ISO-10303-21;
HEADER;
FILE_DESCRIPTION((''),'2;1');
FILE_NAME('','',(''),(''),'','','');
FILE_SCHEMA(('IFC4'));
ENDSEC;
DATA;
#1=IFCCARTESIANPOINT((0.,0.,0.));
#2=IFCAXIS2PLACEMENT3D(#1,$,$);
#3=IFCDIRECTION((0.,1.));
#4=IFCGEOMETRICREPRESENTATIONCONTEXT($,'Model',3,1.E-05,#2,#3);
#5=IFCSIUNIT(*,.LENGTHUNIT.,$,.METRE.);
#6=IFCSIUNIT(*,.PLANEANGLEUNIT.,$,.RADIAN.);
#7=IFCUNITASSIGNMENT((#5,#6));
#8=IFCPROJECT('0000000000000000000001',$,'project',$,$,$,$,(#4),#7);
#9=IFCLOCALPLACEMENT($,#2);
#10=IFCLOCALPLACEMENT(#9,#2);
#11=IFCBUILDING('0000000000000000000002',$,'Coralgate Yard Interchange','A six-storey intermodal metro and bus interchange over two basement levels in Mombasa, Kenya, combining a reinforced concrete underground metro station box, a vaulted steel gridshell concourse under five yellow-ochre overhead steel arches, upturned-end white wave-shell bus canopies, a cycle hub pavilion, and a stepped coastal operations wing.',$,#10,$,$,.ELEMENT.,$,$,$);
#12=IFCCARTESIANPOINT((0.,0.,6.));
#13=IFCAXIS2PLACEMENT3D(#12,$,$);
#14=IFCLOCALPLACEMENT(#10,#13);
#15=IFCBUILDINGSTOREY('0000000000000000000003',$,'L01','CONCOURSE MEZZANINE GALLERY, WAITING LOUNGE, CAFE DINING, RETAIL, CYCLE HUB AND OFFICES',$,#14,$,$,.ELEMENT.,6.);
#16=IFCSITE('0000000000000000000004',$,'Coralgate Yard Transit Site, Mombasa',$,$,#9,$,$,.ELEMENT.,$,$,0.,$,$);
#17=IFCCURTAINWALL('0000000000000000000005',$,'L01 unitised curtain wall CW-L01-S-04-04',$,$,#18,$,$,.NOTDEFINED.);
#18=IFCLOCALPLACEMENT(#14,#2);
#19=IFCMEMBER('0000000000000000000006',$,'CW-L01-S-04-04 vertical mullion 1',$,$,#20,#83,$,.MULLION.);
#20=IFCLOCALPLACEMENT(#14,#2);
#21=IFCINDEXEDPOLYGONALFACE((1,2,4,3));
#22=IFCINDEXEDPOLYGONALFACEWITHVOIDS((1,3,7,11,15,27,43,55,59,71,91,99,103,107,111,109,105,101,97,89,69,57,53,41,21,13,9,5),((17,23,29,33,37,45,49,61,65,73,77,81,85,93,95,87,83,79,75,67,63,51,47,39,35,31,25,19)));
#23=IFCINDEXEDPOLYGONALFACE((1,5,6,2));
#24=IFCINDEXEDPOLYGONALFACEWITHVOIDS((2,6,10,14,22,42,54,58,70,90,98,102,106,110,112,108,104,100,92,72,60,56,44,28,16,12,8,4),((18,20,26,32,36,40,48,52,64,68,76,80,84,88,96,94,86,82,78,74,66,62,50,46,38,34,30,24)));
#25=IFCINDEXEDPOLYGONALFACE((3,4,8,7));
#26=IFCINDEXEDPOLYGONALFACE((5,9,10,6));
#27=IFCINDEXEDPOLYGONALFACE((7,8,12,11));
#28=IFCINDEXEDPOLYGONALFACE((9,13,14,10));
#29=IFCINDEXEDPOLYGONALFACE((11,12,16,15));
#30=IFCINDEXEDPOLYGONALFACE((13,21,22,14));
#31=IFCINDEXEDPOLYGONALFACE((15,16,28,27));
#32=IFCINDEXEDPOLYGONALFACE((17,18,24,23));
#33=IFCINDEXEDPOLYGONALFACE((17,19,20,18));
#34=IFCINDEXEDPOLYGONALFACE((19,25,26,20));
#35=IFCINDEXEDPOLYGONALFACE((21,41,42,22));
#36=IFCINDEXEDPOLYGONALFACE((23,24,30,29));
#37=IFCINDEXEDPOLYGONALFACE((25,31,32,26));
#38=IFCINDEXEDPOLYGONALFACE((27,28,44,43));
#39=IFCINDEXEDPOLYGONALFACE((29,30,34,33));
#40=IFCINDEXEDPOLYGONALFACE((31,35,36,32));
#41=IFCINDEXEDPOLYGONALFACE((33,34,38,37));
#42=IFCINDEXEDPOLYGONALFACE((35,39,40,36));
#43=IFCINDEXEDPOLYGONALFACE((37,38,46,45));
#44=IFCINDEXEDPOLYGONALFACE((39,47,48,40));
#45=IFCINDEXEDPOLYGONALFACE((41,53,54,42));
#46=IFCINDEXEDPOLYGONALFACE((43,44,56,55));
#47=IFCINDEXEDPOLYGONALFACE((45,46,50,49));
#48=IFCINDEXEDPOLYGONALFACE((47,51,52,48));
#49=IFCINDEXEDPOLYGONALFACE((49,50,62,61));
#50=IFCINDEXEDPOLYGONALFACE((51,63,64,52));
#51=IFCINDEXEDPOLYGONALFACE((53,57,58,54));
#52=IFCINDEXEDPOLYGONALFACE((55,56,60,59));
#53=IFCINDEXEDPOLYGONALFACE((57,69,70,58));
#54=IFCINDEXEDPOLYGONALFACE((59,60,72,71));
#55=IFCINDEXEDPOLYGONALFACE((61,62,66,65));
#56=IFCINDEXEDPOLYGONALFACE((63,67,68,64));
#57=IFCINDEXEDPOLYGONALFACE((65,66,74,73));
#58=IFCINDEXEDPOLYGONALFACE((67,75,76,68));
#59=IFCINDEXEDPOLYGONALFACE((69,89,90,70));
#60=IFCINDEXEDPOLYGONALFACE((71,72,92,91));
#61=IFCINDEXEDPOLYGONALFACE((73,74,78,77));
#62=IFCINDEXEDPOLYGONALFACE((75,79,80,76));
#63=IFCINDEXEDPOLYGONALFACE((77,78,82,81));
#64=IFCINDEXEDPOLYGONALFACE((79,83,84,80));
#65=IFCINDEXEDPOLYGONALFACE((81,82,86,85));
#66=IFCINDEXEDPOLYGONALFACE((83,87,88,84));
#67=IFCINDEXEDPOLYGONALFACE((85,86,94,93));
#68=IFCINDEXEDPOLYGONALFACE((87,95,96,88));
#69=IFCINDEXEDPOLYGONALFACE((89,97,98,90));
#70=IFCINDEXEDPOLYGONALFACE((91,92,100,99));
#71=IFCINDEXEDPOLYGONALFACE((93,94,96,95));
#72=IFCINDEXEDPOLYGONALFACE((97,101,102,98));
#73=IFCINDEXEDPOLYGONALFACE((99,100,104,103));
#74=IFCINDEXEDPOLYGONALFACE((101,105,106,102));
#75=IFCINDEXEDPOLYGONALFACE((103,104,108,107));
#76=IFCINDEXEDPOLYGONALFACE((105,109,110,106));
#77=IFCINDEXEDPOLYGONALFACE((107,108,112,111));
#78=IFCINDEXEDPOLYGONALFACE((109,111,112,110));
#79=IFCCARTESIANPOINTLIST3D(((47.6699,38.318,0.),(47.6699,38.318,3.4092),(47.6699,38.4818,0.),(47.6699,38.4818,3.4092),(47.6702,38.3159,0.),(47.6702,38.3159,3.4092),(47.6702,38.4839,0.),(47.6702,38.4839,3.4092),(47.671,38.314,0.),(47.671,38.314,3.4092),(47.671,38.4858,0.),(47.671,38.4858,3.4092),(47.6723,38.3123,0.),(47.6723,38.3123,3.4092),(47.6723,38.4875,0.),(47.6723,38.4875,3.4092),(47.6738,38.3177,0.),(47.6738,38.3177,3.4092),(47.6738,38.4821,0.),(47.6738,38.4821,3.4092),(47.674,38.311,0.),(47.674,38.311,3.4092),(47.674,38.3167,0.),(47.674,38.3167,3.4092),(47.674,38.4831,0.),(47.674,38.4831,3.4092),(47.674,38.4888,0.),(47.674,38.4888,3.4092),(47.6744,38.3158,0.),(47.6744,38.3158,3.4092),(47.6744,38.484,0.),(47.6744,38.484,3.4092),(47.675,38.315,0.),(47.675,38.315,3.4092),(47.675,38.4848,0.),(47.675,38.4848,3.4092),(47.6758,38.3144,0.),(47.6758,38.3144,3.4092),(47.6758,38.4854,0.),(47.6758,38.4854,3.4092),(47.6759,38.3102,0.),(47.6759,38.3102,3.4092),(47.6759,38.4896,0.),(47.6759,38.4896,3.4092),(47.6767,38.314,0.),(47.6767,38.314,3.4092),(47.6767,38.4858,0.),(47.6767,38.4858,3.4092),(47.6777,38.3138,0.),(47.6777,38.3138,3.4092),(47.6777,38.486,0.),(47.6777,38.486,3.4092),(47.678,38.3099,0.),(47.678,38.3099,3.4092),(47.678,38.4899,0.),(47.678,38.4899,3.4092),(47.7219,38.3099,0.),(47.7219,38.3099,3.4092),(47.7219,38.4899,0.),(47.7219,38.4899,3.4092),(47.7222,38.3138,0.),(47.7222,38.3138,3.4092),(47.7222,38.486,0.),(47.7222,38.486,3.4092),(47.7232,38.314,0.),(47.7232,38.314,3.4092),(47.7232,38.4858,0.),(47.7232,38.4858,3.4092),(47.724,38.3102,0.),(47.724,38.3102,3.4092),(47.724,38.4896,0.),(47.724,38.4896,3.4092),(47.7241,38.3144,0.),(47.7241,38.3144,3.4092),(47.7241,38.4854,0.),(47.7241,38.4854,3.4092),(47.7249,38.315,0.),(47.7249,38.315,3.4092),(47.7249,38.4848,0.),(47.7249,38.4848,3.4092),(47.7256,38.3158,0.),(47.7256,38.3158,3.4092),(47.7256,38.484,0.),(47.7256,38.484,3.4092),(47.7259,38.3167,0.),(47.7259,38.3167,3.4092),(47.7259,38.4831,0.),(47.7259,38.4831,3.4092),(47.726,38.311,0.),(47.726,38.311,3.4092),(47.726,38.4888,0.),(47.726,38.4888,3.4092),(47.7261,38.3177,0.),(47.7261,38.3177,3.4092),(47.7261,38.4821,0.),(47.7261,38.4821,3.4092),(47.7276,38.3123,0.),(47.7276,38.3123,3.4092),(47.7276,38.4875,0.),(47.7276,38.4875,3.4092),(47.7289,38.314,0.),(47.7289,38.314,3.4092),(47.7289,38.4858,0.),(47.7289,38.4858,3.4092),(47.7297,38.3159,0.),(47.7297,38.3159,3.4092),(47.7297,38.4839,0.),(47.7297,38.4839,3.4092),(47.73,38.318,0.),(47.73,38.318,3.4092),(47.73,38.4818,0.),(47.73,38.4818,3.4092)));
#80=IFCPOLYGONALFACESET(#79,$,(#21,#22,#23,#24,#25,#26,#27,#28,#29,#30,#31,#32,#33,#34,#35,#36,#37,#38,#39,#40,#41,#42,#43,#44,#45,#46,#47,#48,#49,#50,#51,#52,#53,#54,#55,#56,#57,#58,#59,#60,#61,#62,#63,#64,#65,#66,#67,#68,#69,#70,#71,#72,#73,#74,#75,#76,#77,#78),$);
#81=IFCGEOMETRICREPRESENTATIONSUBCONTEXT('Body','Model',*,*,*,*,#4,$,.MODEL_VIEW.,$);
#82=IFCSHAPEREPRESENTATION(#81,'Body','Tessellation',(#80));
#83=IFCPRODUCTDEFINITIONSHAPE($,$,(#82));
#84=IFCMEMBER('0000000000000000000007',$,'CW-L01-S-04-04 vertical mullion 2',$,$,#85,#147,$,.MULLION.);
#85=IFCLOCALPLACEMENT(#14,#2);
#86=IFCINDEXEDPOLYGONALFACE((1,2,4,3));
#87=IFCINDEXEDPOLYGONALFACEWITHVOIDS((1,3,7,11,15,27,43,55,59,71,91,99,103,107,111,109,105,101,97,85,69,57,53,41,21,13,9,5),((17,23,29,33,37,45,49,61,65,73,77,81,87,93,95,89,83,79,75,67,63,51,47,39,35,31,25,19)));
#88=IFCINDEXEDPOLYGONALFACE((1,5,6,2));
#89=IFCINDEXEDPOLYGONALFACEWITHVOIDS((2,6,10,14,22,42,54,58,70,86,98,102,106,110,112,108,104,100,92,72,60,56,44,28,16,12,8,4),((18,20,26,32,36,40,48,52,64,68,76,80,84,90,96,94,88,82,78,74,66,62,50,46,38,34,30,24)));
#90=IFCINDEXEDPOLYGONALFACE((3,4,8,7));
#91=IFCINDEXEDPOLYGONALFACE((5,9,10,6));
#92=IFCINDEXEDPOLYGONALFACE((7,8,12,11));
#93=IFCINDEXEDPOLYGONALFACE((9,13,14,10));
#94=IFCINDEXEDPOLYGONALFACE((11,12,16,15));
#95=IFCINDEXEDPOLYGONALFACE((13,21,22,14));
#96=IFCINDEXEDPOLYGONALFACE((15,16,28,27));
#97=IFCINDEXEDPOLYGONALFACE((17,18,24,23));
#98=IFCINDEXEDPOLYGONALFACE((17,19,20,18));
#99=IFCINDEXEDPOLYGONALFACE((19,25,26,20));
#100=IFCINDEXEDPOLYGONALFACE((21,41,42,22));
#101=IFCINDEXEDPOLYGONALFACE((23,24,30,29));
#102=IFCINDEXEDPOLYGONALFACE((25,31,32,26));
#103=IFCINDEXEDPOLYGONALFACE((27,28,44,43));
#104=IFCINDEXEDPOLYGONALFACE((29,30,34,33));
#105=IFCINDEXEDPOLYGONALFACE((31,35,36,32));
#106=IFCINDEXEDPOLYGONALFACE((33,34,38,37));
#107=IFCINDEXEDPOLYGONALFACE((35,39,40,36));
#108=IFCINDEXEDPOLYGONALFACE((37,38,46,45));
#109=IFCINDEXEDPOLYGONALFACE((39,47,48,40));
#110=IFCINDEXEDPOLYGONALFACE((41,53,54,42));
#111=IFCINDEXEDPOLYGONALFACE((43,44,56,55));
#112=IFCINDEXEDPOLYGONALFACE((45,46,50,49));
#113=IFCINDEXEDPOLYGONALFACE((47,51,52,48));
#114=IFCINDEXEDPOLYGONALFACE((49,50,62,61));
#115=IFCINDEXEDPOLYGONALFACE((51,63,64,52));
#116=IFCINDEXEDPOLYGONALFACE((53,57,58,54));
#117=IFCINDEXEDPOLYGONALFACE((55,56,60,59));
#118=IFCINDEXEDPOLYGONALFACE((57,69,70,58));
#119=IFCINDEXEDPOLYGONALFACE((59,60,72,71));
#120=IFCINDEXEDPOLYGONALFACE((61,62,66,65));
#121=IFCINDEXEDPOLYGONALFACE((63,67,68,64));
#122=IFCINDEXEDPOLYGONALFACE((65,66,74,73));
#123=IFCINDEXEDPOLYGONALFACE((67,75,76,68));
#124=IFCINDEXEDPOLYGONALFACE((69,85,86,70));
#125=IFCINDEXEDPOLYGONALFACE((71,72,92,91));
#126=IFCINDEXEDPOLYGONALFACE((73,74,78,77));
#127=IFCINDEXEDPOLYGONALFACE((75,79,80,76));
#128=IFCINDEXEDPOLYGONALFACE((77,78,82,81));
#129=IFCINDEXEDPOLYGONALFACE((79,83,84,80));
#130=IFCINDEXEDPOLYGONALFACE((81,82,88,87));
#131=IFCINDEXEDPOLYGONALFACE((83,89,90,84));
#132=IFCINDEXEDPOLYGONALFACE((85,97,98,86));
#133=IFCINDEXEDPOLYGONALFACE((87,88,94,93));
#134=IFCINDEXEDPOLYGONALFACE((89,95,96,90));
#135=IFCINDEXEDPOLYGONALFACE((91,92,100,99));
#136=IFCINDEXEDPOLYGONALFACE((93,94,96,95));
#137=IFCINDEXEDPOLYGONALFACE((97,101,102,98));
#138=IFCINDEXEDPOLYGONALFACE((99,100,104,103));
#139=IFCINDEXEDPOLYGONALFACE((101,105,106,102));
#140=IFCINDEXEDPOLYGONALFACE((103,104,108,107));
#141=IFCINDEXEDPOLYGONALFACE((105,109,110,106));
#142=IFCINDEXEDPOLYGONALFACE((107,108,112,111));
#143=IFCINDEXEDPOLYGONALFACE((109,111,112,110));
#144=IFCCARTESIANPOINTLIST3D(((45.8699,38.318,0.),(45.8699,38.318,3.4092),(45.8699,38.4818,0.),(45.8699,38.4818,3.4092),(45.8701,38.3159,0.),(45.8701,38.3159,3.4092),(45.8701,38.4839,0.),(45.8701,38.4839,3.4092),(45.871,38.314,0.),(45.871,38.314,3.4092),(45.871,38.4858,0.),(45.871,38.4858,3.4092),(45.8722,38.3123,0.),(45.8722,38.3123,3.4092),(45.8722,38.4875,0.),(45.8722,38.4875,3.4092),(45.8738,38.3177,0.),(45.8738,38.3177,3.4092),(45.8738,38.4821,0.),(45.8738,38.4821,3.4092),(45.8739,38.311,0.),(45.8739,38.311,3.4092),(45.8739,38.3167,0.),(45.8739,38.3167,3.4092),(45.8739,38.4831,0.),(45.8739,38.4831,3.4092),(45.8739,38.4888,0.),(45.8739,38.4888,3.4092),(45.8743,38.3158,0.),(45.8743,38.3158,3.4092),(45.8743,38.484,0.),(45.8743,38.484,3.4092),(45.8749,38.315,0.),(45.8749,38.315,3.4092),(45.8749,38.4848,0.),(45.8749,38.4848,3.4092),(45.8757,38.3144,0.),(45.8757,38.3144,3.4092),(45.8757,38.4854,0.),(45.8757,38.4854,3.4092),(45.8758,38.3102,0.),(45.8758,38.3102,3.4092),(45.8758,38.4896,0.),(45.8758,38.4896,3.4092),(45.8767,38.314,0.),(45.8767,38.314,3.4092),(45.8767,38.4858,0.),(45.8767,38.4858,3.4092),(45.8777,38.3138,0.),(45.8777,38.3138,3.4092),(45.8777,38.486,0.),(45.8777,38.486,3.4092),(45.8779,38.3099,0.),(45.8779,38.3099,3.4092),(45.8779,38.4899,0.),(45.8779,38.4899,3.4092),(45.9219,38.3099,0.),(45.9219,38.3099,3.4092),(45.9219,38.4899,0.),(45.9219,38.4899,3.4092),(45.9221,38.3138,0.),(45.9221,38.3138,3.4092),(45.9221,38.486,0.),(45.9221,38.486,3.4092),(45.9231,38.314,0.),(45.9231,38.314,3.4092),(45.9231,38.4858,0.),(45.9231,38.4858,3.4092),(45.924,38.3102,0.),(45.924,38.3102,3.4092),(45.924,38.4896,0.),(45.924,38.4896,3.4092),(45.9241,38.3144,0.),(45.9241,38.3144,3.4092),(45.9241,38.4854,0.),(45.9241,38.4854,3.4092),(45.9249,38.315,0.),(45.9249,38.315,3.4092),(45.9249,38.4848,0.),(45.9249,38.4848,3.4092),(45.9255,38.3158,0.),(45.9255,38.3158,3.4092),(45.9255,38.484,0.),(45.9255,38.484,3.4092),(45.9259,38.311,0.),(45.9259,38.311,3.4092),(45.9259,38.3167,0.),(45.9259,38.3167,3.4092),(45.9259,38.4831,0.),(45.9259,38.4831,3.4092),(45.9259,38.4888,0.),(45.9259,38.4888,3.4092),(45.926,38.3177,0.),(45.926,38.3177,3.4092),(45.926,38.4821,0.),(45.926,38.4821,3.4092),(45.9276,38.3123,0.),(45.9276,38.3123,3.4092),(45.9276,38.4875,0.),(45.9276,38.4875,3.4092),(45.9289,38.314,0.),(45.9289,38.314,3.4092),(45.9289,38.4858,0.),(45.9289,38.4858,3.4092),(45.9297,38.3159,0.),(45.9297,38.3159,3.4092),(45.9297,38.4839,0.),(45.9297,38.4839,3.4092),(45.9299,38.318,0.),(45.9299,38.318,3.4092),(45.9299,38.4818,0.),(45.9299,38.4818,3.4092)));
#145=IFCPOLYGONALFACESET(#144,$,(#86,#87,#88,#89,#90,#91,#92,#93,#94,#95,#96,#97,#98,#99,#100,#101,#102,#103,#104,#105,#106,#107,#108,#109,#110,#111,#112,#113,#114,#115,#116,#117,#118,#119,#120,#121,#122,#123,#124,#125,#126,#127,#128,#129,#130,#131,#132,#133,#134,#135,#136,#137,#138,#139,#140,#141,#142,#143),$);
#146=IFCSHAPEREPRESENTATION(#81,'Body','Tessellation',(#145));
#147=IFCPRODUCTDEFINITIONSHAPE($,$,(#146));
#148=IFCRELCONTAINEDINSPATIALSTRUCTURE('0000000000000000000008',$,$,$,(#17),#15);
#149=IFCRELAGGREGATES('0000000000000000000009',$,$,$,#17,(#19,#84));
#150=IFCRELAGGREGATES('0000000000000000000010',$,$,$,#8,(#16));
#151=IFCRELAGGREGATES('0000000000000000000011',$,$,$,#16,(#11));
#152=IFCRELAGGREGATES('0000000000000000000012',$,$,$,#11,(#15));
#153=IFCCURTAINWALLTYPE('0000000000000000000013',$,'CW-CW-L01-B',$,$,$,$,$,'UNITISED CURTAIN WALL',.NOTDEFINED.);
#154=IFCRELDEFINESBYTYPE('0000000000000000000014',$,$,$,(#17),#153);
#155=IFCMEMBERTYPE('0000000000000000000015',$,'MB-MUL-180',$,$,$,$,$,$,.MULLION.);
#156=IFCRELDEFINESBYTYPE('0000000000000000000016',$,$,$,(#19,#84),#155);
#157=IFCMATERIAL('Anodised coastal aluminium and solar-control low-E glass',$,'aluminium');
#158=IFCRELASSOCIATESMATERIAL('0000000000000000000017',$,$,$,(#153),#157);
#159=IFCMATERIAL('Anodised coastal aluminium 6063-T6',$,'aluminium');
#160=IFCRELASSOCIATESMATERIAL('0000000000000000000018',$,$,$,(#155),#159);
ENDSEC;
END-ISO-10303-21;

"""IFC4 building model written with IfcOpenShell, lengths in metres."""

from ifc_helpers import new_model, si_unit, direction, frame, origin, origin_2d, place, context, subcontext, project, spatial, hollow_rectangle, extrude, material, material_profile, profile_set, type_object, element, aggregate, save


model = new_model("IFC4")

# Units and contexts
model_context = context("Model", 3, precision=1e-05, world=origin(), true_north=direction((0.0, 1.0)))
body_context = subcontext(model_context, "Body", "Model", "MODEL_VIEW")
ifc_project = project(units=[si_unit("LENGTHUNIT", "METRE"), si_unit("PLANEANGLEUNIT", "RADIAN")], contexts=[model_context])

# Site, building, storey
site_placement = place(None, origin())
site = spatial("IfcSite", under=ifc_project, at=site_placement, Name="Coralgate Yard Transit Site, Mombasa", CompositionType="ELEMENT", RefElevation=0.0)
building_placement = place(site_placement, origin())
building = spatial("IfcBuilding", under=site, at=building_placement, Name="Coralgate Yard Interchange", Description="A six-storey intermodal metro and bus interchange over two basement levels in Mombasa, Kenya, combining a reinforced concrete underground metro station box, a vaulted steel gridshell concourse under five yellow-ochre overhead steel arches, upturned-end white wave-shell bus canopies, a cycle hub pavilion, and a stepped coastal operations wing.", CompositionType="ELEMENT")
storey_placement = place(building_placement, frame((0.0, 0.0, 6.0)))
storey = spatial("IfcBuildingStorey", under=building, at=storey_placement, Name="L01", Description="CONCOURSE MEZZANINE GALLERY, WAITING LOUNGE, CAFE DINING, RETAIL, CYCLE HUB AND OFFICES", CompositionType="ELEMENT", Elevation=6.0)

# Curtain wall, members
ifc_material_1 = material(Name="Anodised coastal aluminium and solar-control low-E glass", Category="aluminium")
curtain_wall_type = type_object("IfcCurtainWallType", Name="CW-CW-L01-B", ElementType="UNITISED CURTAIN WALL", PredefinedType="NOTDEFINED", material=ifc_material_1)
curtain_wall_1_placement = place(storey_placement, origin())
curtain_wall_1 = element("IfcCurtainWall", 1, at=curtain_wall_1_placement, inside=storey, type_object=curtain_wall_type, Name="L01 unitised curtain wall CW-L01-S-04-04", PredefinedType="NOTDEFINED")
ifc_material_2 = material(Name="Anodised coastal aluminium 6063-T6", Category="aluminium")
ifc_material_profile_1 = material_profile(ifc_material_2, hollow_rectangle(XDim=0.0601, YDim=0.1799, WallThickness=0.0039, InnerFilletRadius=0.0039, OuterFilletRadius=0.0081, at=origin_2d()), Name="ALU 60x180x4")
ifc_profile_set_1 = profile_set([ifc_material_profile_1], Name="Anodised coastal aluminium 6063-T6")
member_type_1 = type_object("IfcMemberType", Name="MB-MUL-180", PredefinedType="MULLION", material=ifc_profile_set_1)
member_1_placement = place(storey_placement, frame((47.7, 38.3999, 0.0), z_axis=(0.0, 0.0, 1.0), x_axis=(1.0, 0.0, 0.0)))
member_1 = element("IfcMember", 2, at=member_1_placement, type_object=member_type_1, Name="CW-L01-S-04-04 vertical mullion 1", PredefinedType="MULLION", context=body_context, shape_type="SweptSolid", body=[
    extrude(hollow_rectangle(XDim=0.0601, YDim=0.1799, WallThickness=0.0039, InnerFilletRadius=0.0039, OuterFilletRadius=0.0081, at=origin_2d()), origin(), (0.0, 0.0, 1.0), 3.4092),
])
member_2_placement = place(storey_placement, frame((45.8999, 38.3999, 0.0), z_axis=(0.0, 0.0, 1.0), x_axis=(1.0, 0.0, 0.0)))
member_2 = element("IfcMember", 3, at=member_2_placement, type_object=member_type_1, Name="CW-L01-S-04-04 vertical mullion 2", PredefinedType="MULLION", context=body_context, shape_type="SweptSolid", body=[
    extrude(hollow_rectangle(XDim=0.0601, YDim=0.1799, WallThickness=0.0039, InnerFilletRadius=0.0039, OuterFilletRadius=0.0081, at=origin_2d()), origin(), (0.0, 0.0, 1.0), 3.4092),
])

aggregate(curtain_wall_1, [member_1, member_2])

save(model, "model.ifc")
